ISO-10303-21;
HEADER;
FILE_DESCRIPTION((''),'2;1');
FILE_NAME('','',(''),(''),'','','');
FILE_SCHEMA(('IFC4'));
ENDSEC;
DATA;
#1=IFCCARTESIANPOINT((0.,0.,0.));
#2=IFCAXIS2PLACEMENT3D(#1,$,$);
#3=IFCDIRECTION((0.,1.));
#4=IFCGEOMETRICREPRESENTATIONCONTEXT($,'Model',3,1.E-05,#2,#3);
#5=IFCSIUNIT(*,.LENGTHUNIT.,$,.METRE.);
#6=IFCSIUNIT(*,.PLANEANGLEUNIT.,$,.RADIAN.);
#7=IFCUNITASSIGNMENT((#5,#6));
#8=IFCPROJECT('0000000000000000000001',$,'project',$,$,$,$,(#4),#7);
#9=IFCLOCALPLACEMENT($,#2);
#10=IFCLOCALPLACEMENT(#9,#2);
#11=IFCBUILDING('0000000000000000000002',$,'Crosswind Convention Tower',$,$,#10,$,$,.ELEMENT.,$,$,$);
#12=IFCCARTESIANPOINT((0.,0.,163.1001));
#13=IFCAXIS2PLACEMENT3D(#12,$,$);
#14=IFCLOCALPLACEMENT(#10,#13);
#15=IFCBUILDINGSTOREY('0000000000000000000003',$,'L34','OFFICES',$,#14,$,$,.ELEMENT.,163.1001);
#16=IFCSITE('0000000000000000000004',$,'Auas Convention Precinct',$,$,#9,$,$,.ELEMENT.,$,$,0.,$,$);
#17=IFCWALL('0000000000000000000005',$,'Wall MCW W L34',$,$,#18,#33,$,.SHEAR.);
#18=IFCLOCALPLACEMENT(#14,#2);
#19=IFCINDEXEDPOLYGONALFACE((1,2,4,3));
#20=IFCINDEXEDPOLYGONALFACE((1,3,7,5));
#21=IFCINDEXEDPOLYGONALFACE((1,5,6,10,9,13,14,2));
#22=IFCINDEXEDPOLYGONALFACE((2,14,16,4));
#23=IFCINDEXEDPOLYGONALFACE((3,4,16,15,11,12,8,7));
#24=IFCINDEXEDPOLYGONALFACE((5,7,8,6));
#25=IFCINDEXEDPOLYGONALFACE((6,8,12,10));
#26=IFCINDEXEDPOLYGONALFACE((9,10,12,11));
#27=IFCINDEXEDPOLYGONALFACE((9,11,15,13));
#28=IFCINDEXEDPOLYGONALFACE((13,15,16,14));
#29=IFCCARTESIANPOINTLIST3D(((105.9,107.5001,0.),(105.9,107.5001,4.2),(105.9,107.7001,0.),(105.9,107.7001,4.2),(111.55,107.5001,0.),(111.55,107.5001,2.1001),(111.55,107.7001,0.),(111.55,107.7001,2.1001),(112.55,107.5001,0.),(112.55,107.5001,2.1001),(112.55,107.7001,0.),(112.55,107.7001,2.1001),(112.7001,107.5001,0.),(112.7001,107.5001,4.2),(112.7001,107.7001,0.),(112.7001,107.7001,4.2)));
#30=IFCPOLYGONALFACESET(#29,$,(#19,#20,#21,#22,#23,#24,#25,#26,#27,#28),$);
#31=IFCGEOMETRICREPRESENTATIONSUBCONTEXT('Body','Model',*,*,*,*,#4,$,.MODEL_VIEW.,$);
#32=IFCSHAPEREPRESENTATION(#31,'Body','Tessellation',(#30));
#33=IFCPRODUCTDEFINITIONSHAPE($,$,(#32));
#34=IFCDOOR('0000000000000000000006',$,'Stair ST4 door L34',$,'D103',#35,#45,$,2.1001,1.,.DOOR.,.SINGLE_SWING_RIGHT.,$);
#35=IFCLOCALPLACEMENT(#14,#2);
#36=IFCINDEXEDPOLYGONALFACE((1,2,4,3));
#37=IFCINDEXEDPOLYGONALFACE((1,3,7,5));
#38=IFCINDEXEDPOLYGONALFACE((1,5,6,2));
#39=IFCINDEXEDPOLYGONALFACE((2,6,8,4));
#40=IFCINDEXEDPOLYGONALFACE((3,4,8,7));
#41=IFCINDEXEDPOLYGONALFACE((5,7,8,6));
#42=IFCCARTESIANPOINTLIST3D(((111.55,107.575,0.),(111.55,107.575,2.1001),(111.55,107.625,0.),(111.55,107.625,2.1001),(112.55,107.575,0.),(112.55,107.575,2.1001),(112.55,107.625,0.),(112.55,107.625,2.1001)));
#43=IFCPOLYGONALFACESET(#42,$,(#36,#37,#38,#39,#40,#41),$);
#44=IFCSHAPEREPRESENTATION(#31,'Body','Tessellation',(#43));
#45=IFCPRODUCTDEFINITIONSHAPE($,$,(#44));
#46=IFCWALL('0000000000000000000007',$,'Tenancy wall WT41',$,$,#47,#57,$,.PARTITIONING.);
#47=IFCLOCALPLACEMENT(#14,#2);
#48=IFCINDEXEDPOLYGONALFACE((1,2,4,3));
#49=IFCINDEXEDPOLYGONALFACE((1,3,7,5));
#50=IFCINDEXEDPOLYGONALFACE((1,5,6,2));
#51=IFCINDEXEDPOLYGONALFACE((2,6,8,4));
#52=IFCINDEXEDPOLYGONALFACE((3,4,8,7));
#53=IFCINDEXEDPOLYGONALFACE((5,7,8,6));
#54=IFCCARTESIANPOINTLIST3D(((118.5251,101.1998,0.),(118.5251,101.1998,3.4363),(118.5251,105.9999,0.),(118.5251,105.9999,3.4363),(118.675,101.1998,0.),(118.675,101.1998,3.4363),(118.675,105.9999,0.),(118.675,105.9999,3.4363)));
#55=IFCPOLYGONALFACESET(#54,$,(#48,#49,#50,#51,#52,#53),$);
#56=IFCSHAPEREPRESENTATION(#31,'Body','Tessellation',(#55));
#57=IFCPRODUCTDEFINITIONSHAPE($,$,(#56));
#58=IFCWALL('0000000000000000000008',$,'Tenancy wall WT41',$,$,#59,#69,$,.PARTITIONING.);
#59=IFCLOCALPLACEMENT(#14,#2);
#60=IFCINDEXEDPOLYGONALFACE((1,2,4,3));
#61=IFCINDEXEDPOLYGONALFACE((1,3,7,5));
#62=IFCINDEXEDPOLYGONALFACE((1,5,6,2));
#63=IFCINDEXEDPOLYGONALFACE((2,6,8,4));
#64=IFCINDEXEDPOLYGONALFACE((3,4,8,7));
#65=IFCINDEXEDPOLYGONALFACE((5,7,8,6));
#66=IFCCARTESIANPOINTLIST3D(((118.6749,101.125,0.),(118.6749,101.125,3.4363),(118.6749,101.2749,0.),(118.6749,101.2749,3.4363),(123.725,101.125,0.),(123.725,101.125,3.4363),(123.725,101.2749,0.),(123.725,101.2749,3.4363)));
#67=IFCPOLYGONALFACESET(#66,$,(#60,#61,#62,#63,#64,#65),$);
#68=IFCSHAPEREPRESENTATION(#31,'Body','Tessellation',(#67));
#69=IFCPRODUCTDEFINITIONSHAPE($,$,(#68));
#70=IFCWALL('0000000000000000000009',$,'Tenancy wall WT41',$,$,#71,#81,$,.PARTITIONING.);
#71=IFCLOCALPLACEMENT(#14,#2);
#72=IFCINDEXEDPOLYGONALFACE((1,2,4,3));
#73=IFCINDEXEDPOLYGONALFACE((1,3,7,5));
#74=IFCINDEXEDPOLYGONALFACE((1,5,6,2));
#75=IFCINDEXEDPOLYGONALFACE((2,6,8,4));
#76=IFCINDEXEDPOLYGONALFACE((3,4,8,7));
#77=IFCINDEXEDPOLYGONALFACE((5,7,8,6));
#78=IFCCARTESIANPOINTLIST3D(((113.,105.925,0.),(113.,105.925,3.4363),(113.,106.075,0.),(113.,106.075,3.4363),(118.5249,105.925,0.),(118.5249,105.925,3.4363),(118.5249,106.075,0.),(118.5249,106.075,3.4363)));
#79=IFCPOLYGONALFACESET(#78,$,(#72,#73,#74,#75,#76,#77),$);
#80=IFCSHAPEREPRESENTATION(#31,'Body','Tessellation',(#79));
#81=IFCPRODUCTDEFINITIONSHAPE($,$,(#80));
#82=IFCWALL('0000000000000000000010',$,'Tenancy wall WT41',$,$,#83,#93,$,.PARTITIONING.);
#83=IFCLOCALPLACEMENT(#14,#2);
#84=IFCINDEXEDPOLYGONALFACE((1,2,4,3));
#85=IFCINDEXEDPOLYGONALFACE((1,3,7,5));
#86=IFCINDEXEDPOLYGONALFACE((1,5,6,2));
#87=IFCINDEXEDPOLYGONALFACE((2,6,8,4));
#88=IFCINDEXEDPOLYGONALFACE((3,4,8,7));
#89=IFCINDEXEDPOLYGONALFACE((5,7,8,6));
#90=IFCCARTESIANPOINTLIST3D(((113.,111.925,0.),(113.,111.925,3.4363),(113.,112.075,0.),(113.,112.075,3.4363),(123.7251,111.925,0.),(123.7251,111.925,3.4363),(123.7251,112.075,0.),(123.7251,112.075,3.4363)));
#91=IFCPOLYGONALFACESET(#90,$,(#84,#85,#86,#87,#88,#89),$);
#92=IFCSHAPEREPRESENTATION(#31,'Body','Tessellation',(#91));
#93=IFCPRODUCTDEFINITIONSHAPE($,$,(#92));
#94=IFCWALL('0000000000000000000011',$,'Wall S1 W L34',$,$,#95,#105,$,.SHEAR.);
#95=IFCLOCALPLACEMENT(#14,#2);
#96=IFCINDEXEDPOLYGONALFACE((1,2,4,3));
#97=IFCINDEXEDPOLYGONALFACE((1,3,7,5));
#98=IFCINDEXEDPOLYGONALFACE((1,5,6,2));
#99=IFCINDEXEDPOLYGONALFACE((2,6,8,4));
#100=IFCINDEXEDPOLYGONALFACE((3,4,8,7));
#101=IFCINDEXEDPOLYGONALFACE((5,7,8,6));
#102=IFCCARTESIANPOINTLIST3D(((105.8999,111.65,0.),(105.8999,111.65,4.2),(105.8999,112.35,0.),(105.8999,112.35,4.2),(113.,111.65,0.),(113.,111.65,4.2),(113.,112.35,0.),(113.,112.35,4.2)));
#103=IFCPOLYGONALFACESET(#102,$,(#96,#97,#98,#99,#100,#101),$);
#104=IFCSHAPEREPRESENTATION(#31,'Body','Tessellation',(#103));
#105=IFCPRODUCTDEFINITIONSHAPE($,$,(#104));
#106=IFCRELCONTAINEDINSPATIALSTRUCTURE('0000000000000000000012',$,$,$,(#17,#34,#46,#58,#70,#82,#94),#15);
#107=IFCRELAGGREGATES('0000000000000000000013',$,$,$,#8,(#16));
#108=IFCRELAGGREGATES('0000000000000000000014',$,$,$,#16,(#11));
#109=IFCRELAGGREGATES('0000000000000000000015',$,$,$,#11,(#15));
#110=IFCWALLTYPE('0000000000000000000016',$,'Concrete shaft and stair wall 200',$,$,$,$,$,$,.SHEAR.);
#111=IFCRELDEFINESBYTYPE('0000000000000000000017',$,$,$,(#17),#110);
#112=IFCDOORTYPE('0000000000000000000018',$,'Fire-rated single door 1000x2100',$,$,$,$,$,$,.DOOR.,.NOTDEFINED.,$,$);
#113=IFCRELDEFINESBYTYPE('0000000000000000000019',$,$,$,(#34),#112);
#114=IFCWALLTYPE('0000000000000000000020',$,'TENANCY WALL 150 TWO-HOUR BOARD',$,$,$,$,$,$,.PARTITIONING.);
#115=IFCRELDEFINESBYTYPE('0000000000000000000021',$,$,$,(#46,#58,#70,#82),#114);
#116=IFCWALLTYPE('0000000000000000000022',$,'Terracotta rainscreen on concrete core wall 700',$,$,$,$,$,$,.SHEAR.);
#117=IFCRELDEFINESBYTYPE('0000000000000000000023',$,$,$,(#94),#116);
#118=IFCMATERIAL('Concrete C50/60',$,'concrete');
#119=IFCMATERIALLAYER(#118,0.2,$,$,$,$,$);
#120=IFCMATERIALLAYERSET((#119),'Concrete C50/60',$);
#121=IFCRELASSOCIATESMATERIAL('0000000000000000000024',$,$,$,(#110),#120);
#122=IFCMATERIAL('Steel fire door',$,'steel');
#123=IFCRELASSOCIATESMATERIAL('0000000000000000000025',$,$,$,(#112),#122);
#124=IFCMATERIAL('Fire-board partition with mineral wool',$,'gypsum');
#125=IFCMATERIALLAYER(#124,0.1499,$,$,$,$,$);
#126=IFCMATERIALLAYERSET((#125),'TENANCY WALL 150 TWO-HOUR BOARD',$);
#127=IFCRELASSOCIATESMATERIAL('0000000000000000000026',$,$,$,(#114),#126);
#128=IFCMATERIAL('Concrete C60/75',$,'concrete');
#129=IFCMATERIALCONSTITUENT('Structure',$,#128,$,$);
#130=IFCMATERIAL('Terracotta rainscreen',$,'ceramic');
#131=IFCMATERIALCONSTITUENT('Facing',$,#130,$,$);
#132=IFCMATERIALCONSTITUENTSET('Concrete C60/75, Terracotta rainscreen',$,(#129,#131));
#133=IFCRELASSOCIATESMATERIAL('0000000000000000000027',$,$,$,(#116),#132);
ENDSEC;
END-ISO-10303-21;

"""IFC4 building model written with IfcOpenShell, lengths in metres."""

from ifc_helpers import new_model, si_unit, direction, frame, frame_2d, origin, place, context, subcontext, project, spatial, rectangle, extrude, material, layer, layer_set, constituent, constituent_set, type_object, element, fill, save


model = new_model("IFC4")

# Units and contexts
model_context = context("Model", 3, precision=1e-05, world=origin(), true_north=direction((0.0, 1.0)))
body_context = subcontext(model_context, "Body", "Model", "MODEL_VIEW")
ifc_project = project(units=[si_unit("LENGTHUNIT", "METRE"), si_unit("PLANEANGLEUNIT", "RADIAN")], contexts=[model_context])

# Site, building, storey
site_placement = place(None, origin())
site = spatial("IfcSite", under=ifc_project, at=site_placement, Name="Auas Convention Precinct", CompositionType="ELEMENT", RefElevation=0.0)
building_placement = place(site_placement, origin())
building = spatial("IfcBuilding", under=site, at=building_placement, Name="Crosswind Convention Tower", CompositionType="ELEMENT")
storey_placement = place(building_placement, frame((0.0, 0.0, 163.1001)))
storey = spatial("IfcBuildingStorey", under=building, at=storey_placement, Name="L34", Description="OFFICES", CompositionType="ELEMENT", Elevation=163.1001)

# Shared definitions
ifc_material_1 = material(Name="Concrete C50/60", Category="concrete")

# Wall, opening, door
ifc_layer_1 = layer(ifc_material_1, 0.2)
ifc_layer_set_1 = layer_set([ifc_layer_1], Name="Concrete C50/60")
wall_type_1 = type_object("IfcWallType", Name="Concrete shaft and stair wall 200", PredefinedType="SHEAR", material=ifc_layer_set_1)
ifc_material_2 = material(Name="Steel fire door", Category="steel")
wall_1_placement = place(storey_placement, frame((112.7, 107.6001, 0.0), z_axis=(0.0, 0.0, 1.0), x_axis=(-1.0, 0.0, 0.0)))
wall_1 = element("IfcWall", 1, at=wall_1_placement, inside=storey, type_object=wall_type_1, Name="Wall MCW W L34", PredefinedType="SHEAR", context=body_context, shape_type="SweptSolid", body=[
    extrude(rectangle(XDim=6.8, YDim=0.2, at=frame_2d((3.3999, 0.0))), origin(), (0.0, 0.0, 1.0), 4.2),
])
opening_1_placement = place(wall_1_placement, frame((0.1499, 0.0, 0.0)))
opening_1 = element("IfcOpeningElement", 2, at=opening_1_placement, cuts=wall_1, PredefinedType="OPENING", context=body_context, shape_type="SweptSolid", body=[
    extrude(rectangle(XDim=1.0, YDim=2.1001, at=frame_2d((0.5, 1.05))), frame((0.0, 0.1099, 0.0), z_axis=(0.0, -1.0, 0.0), x_axis=(1.0, 0.0, 0.0)), (0.0, 0.0, 1.0), 0.22),
])
door_type_1 = type_object("IfcDoorType", Name="Fire-rated single door 1000x2100", OperationType="NOTDEFINED", PredefinedType="DOOR", material=ifc_material_2)
door_1_placement = place(opening_1_placement, frame((1.0, 0.0, 0.0), z_axis=(0.0, 0.0, 1.0), x_axis=(-1.0, 0.0, 0.0)))
door_1 = element("IfcDoor", 3, at=door_1_placement, inside=storey, type_object=door_type_1, Name="Stair ST4 door L34", ObjectType="D103", OperationType="SINGLE_SWING_RIGHT", OverallHeight=2.1001, OverallWidth=1.0, PredefinedType="DOOR", context=body_context, shape_type="SweptSolid", body=[
    extrude(rectangle(XDim=1.0, YDim=2.1001, at=frame_2d((0.5, 1.05))), frame((0.0, 0.0249, 0.0), z_axis=(0.0, -1.0, 0.0), x_axis=(1.0, 0.0, 0.0)), (0.0, 0.0, 1.0), 0.05),
])
fill(opening_1, door_1)

# Walls
ifc_material_3 = material(Name="Fire-board partition with mineral wool", Category="gypsum")
ifc_layer_2 = layer(ifc_material_3, 0.1499)
ifc_layer_set_2 = layer_set([ifc_layer_2], Name="TENANCY WALL 150 TWO-HOUR BOARD")
wall_type_2 = type_object("IfcWallType", Name="TENANCY WALL 150 TWO-HOUR BOARD", PredefinedType="PARTITIONING", material=ifc_layer_set_2)
wall_2_placement = place(storey_placement, frame((118.6001, 101.2, 0.0), z_axis=(0.0, 0.0, 1.0), x_axis=(0.0, 1.0, 0.0)))
element("IfcWall", 4, at=wall_2_placement, inside=storey, type_object=wall_type_2, Name="Tenancy wall WT41", PredefinedType="PARTITIONING", context=body_context, shape_type="SweptSolid", body=[
    extrude(rectangle(XDim=4.8, YDim=0.1499, at=frame_2d((2.3999, 0.0))), origin(), (0.0, 0.0, 1.0), 3.4363),
])
wall_3_placement = place(storey_placement, frame((118.675, 101.2, 0.0), z_axis=(0.0, 0.0, 1.0), x_axis=(1.0, 0.0, 0.0)))
element("IfcWall", 5, at=wall_3_placement, inside=storey, type_object=wall_type_2, Name="Tenancy wall WT41", PredefinedType="PARTITIONING", context=body_context, shape_type="SweptSolid", body=[
    extrude(rectangle(XDim=5.05, YDim=0.1499, at=frame_2d((2.5249, 0.0))), origin(), (0.0, 0.0, 1.0), 3.4363),
])
wall_4_placement = place(storey_placement, frame((113.0, 106.0, 0.0), z_axis=(0.0, 0.0, 1.0), x_axis=(1.0, 0.0, 0.0)))
element("IfcWall", 6, at=wall_4_placement, inside=storey, type_object=wall_type_2, Name="Tenancy wall WT41", PredefinedType="PARTITIONING", context=body_context, shape_type="SweptSolid", body=[
    extrude(rectangle(XDim=5.5249, YDim=0.1499, at=frame_2d((2.7625, 0.0))), origin(), (0.0, 0.0, 1.0), 3.4363),
])
wall_5_placement = place(storey_placement, frame((113.0, 112.0, 0.0), z_axis=(0.0, 0.0, 1.0), x_axis=(1.0, 0.0, 0.0)))
element("IfcWall", 7, at=wall_5_placement, inside=storey, type_object=wall_type_2, Name="Tenancy wall WT41", PredefinedType="PARTITIONING", context=body_context, shape_type="SweptSolid", body=[
    extrude(rectangle(XDim=10.7251, YDim=0.1499, at=frame_2d((5.3625, 0.0))), origin(), (0.0, 0.0, 1.0), 3.4363),
])
ifc_material_4 = material(Name="Concrete C60/75", Category="concrete")
ifc_constituent_1 = constituent(ifc_material_4, Name="Structure")
ifc_material_5 = material(Name="Terracotta rainscreen", Category="ceramic")
ifc_constituent_2 = constituent(ifc_material_5, Name="Facing")
ifc_constituent_set = constituent_set(constituents=[ifc_constituent_1, ifc_constituent_2], Name="Concrete C60/75, Terracotta rainscreen")
wall_type_3 = type_object("IfcWallType", Name="Terracotta rainscreen on concrete core wall 700", PredefinedType="SHEAR", material=ifc_constituent_set)
wall_6_placement = place(storey_placement, frame((113.0, 112.0, 0.0), z_axis=(0.0, 0.0, 1.0), x_axis=(-1.0, 0.0, 0.0)))
element("IfcWall", 8, at=wall_6_placement, inside=storey, type_object=wall_type_3, Name="Wall S1 W L34", PredefinedType="SHEAR", context=body_context, shape_type="SweptSolid", body=[
    extrude(rectangle(XDim=7.1001, YDim=0.7, at=frame_2d((3.55, 0.0))), origin(), (0.0, 0.0, 1.0), 4.2),
])

save(model, "model.ifc")
